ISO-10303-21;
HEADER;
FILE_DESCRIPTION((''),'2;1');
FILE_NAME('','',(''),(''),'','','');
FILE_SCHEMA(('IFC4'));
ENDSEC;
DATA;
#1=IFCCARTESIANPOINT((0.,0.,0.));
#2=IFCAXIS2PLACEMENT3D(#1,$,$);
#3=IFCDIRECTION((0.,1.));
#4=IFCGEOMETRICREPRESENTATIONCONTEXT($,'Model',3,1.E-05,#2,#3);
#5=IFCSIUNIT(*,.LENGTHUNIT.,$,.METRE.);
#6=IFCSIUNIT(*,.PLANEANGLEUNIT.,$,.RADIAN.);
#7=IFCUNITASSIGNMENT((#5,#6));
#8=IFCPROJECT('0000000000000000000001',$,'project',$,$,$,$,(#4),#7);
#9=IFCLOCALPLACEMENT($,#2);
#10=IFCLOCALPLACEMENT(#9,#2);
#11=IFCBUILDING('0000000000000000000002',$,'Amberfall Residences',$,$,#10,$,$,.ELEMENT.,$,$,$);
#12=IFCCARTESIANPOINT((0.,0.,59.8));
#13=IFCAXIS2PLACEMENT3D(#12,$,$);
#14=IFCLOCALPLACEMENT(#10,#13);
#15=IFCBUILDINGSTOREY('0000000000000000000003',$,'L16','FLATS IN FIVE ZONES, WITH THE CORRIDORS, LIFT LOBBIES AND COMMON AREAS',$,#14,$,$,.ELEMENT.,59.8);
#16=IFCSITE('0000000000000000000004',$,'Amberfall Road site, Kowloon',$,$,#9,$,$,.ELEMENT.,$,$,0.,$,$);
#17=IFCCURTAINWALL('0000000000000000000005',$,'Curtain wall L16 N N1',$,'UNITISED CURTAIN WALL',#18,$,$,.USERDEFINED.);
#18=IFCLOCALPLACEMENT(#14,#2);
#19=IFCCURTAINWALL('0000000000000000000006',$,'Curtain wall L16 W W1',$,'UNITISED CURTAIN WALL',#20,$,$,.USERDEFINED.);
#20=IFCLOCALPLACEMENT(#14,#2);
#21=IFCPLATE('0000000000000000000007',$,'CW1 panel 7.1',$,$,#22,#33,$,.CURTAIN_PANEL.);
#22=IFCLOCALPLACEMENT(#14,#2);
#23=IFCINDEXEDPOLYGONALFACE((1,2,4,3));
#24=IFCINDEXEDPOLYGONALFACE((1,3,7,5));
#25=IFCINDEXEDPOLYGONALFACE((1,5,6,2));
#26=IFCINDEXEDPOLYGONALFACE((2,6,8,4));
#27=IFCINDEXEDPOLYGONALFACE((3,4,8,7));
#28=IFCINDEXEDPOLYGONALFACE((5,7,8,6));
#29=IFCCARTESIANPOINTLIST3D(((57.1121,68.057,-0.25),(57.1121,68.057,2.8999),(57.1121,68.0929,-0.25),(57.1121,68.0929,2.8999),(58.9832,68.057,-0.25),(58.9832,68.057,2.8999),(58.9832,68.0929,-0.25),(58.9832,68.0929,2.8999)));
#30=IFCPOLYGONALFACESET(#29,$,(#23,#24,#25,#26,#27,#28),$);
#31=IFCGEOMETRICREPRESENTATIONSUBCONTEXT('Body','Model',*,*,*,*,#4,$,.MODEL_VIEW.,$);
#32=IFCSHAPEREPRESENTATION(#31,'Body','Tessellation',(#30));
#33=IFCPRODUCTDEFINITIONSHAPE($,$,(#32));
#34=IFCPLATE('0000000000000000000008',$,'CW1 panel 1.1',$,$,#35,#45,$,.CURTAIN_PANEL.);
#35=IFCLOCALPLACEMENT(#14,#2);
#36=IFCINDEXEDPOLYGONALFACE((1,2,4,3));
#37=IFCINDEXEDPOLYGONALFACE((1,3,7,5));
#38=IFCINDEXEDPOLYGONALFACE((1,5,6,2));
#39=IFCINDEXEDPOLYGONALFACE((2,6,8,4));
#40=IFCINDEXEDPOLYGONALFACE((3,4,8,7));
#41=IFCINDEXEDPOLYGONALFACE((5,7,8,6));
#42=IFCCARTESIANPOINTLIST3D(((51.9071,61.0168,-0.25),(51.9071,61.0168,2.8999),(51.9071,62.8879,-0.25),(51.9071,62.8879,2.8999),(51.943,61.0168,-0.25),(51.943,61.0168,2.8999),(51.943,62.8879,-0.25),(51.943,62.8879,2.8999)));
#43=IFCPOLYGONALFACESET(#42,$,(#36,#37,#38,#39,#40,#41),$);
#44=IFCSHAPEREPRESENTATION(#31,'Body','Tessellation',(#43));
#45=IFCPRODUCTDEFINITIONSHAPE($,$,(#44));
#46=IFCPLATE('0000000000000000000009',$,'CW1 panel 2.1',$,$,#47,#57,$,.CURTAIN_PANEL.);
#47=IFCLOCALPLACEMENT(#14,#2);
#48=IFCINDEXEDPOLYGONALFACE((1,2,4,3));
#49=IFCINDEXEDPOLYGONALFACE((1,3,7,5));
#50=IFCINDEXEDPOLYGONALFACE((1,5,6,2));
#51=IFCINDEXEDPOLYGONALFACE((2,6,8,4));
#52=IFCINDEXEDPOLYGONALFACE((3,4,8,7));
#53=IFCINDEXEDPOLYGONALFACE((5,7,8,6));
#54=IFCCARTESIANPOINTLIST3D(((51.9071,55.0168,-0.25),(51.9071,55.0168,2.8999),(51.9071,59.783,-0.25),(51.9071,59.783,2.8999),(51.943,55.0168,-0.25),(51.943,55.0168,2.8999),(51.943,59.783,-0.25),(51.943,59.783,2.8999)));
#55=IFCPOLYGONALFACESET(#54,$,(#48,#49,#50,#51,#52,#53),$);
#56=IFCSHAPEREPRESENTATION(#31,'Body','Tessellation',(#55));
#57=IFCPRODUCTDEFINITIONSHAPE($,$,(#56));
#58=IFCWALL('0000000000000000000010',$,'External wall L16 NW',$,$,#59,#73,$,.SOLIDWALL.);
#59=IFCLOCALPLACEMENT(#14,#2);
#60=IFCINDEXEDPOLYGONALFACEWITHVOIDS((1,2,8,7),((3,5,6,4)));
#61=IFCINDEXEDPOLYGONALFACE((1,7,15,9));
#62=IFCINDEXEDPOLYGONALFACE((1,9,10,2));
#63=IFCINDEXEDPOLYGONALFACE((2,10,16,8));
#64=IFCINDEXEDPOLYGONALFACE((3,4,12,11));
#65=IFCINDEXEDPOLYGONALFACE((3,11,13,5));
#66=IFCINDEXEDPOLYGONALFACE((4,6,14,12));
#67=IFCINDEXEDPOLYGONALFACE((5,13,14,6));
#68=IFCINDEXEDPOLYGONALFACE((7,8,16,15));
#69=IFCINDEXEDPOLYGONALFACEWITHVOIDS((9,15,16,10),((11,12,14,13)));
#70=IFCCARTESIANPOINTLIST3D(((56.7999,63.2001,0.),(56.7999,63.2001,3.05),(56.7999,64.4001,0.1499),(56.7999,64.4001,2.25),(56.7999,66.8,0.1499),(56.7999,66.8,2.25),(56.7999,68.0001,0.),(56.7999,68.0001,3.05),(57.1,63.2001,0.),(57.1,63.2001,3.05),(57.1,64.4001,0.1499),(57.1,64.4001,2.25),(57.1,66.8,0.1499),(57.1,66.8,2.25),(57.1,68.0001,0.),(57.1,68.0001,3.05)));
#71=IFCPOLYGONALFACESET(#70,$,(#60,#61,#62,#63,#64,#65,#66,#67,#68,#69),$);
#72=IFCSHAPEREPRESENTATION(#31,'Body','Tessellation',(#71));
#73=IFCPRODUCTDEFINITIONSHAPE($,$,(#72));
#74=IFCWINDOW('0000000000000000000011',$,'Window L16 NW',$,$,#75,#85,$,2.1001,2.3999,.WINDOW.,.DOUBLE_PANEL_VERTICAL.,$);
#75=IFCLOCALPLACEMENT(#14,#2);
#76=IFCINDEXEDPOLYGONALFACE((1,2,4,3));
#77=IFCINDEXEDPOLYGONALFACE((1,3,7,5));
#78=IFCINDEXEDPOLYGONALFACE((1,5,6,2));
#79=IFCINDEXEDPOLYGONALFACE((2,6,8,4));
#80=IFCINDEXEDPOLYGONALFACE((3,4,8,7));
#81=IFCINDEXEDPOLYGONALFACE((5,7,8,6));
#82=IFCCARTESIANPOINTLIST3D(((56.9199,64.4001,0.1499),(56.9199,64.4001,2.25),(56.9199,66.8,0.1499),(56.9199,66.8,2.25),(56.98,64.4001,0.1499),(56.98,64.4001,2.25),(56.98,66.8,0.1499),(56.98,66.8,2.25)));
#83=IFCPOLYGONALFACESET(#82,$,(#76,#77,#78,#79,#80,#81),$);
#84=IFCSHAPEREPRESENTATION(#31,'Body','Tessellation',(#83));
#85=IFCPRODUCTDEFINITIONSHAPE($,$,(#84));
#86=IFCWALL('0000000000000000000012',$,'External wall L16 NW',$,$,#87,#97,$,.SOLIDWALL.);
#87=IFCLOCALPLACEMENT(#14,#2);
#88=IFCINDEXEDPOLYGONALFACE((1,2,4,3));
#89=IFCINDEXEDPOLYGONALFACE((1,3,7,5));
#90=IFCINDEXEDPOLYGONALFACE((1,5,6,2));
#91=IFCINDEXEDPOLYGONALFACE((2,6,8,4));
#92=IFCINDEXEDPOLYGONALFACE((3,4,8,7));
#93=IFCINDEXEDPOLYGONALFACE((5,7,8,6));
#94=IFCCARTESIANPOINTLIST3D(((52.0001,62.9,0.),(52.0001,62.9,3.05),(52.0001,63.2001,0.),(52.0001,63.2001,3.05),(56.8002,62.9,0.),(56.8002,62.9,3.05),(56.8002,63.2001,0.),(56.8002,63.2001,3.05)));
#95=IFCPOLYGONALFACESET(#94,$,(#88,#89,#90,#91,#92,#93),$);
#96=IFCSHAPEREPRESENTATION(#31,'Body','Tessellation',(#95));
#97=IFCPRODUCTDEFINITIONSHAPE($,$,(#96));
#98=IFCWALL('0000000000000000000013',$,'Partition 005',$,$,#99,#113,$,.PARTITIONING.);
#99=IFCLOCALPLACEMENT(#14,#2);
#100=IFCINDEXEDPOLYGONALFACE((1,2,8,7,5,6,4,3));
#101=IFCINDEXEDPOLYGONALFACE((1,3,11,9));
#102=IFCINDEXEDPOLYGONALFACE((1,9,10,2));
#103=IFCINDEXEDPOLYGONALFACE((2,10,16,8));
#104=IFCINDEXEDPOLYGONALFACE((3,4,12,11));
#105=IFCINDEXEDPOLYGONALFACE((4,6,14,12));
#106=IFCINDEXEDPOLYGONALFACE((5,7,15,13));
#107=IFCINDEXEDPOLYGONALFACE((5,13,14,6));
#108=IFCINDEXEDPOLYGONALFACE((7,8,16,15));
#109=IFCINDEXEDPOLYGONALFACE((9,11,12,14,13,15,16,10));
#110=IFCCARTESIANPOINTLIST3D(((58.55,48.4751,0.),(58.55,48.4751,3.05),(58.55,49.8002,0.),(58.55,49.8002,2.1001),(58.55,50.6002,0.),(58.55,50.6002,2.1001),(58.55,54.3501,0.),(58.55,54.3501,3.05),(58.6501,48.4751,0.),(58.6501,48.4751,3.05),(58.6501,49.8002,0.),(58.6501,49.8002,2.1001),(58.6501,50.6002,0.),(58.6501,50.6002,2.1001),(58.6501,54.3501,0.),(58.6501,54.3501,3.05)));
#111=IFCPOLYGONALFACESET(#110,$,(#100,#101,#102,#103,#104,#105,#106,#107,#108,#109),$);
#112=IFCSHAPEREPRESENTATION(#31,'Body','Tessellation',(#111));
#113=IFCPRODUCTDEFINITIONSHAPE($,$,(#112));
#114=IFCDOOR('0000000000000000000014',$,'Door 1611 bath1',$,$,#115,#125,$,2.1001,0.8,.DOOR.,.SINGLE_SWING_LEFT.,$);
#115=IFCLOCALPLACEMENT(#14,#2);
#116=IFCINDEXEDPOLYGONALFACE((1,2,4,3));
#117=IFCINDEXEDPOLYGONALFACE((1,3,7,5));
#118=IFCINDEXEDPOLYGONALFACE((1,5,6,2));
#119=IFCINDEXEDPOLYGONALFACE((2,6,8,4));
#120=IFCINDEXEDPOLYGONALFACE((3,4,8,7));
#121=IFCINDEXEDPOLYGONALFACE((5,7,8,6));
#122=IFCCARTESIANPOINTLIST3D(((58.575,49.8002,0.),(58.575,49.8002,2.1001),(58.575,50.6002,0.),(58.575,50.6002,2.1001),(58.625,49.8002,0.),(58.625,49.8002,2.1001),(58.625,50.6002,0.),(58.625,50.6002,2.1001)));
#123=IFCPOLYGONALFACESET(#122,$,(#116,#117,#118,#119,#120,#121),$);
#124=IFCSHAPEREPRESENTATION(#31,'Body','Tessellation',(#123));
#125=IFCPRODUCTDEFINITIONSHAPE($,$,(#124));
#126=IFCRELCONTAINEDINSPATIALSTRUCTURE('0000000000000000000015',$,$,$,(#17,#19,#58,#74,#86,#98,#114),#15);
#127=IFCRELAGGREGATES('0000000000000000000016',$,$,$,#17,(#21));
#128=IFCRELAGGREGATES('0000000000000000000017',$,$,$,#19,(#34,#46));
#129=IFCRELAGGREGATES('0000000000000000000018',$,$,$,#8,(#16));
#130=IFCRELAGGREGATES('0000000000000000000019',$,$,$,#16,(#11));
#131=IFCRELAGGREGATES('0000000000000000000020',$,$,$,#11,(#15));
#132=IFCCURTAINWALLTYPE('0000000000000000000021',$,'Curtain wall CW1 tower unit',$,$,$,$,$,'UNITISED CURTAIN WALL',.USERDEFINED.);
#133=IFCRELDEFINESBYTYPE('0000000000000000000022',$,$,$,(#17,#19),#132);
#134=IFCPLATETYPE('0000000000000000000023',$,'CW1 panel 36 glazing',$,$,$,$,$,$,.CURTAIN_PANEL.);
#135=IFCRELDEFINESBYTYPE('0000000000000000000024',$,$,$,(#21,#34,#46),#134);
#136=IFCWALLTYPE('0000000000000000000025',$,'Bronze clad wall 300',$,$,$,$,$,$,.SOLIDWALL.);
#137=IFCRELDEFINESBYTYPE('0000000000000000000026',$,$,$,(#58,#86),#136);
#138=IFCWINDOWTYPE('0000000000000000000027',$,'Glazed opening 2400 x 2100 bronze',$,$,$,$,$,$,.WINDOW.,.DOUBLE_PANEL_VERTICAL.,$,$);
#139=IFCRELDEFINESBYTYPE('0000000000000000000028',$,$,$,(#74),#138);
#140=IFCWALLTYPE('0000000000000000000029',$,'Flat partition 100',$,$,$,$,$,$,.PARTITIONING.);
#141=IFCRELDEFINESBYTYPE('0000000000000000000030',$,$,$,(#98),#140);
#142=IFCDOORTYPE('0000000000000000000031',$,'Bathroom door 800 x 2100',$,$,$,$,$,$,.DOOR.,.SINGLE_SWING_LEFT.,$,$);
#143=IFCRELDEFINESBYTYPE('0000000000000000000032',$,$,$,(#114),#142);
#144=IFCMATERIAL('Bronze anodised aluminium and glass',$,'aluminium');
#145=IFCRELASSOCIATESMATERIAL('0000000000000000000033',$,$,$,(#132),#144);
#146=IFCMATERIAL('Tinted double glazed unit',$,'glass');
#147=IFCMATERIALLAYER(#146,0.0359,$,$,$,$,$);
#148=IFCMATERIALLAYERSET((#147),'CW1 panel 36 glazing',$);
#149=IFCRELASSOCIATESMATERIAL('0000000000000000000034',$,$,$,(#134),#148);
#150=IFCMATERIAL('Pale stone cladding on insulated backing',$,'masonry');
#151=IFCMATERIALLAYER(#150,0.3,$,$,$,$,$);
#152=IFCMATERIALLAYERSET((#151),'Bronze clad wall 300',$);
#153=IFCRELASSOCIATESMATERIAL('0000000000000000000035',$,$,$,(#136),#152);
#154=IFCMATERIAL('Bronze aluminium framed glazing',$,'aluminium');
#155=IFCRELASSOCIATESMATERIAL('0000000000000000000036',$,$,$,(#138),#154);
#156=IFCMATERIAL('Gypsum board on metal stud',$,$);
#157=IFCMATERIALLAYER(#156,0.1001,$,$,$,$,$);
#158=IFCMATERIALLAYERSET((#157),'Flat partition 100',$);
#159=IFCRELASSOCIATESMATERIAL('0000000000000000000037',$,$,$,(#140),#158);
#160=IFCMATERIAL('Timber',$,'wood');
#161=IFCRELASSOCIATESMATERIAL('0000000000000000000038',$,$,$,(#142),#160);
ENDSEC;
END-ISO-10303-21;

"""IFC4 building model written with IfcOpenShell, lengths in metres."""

from ifc_helpers import new_model, si_unit, direction, frame, frame_2d, origin, origin_2d, place, context, subcontext, project, spatial, rectangle, extrude, material, layer, layer_set, type_object, element, fill, aggregate, save


model = new_model("IFC4")

# Units and contexts
model_context = context("Model", 3, precision=1e-05, world=origin(), true_north=direction((0.0, 1.0)))
body_context = subcontext(model_context, "Body", "Model", "MODEL_VIEW")
ifc_project = project(units=[si_unit("LENGTHUNIT", "METRE"), si_unit("PLANEANGLEUNIT", "RADIAN")], contexts=[model_context])

# Site, building, storey
site_placement = place(None, origin())
site = spatial("IfcSite", under=ifc_project, at=site_placement, Name="Amberfall Road site, Kowloon", CompositionType="ELEMENT", RefElevation=0.0)
building_placement = place(site_placement, origin())
building = spatial("IfcBuilding", under=site, at=building_placement, Name="Amberfall Residences", CompositionType="ELEMENT")
storey_placement = place(building_placement, frame((0.0, 0.0, 59.8)))
storey = spatial("IfcBuildingStorey", under=building, at=storey_placement, Name="L16", Description="FLATS IN FIVE ZONES, WITH THE CORRIDORS, LIFT LOBBIES AND COMMON AREAS", CompositionType="ELEMENT", Elevation=59.8)

# Curtain wall
ifc_material_1 = material(Name="Bronze anodised aluminium and glass", Category="aluminium")
curtain_wall_type = type_object("IfcCurtainWallType", Name="Curtain wall CW1 tower unit", ElementType="UNITISED CURTAIN WALL", PredefinedType="USERDEFINED", material=ifc_material_1)
curtain_wall_1_placement = place(storey_placement, origin())
curtain_wall_1 = element("IfcCurtainWall", 1, at=curtain_wall_1_placement, inside=storey, type_object=curtain_wall_type, Name="Curtain wall L16 N N1", ObjectType="UNITISED CURTAIN WALL", PredefinedType="USERDEFINED")

# Curtain wall
curtain_wall_2_placement = place(storey_placement, origin())
curtain_wall_2 = element("IfcCurtainWall", 2, at=curtain_wall_2_placement, inside=storey, type_object=curtain_wall_type, Name="Curtain wall L16 W W1", ObjectType="UNITISED CURTAIN WALL", PredefinedType="USERDEFINED")

# Plates
ifc_material_2 = material(Name="Tinted double glazed unit", Category="glass")
ifc_layer_1 = layer(ifc_material_2, 0.0359)
ifc_layer_set_1 = layer_set([ifc_layer_1], Name="CW1 panel 36 glazing")
plate_type = type_object("IfcPlateType", Name="CW1 panel 36 glazing", PredefinedType="CURTAIN_PANEL", material=ifc_layer_set_1)
plate_1_placement = place(storey_placement, frame((58.0476, 68.075, -0.25), z_axis=(0.0, 0.0, 1.0), x_axis=(-1.0, 0.0, 0.0)))
plate_1 = element("IfcPlate", 3, at=plate_1_placement, type_object=plate_type, Name="CW1 panel 7.1", PredefinedType="CURTAIN_PANEL", context=body_context, shape_type="SweptSolid", body=[
    extrude(rectangle(XDim=1.8711, YDim=0.0359, at=origin_2d()), origin(), (0.0, 0.0, 1.0), 3.1499),
])
aggregate(curtain_wall_1, [plate_1])
plate_2_placement = place(storey_placement, frame((51.925, 61.9524, -0.25), z_axis=(0.0, 0.0, 1.0), x_axis=(0.0, -1.0, 0.0)))
plate_2 = element("IfcPlate", 4, at=plate_2_placement, type_object=plate_type, Name="CW1 panel 1.1", PredefinedType="CURTAIN_PANEL", context=body_context, shape_type="SweptSolid", body=[
    extrude(rectangle(XDim=1.8711, YDim=0.0359, at=origin_2d()), origin(), (0.0, 0.0, 1.0), 3.1499),
])
plate_3_placement = place(storey_placement, frame((51.925, 57.3999, -0.25), z_axis=(0.0, 0.0, 1.0), x_axis=(0.0, -1.0, 0.0)))
plate_3 = element("IfcPlate", 5, at=plate_3_placement, type_object=plate_type, Name="CW1 panel 2.1", PredefinedType="CURTAIN_PANEL", context=body_context, shape_type="SweptSolid", body=[
    extrude(rectangle(XDim=4.7661, YDim=0.0359, at=origin_2d()), origin(), (0.0, 0.0, 1.0), 3.1499),
])
aggregate(curtain_wall_2, [plate_2, plate_3])

# Wall, opening, window
ifc_material_3 = material(Name="Pale stone cladding on insulated backing", Category="masonry")
ifc_layer_2 = layer(ifc_material_3, 0.3)
ifc_layer_set_2 = layer_set([ifc_layer_2], Name="Bronze clad wall 300")
wall_type_1 = type_object("IfcWallType", Name="Bronze clad wall 300", PredefinedType="SOLIDWALL", material=ifc_layer_set_2)
wall_1_placement = place(storey_placement, frame((56.95, 68.0, 0.0), z_axis=(0.0, 0.0, 1.0), x_axis=(0.0, -1.0, 0.0)))
wall_1 = element("IfcWall", 6, at=wall_1_placement, inside=storey, type_object=wall_type_1, Name="External wall L16 NW", PredefinedType="SOLIDWALL", context=body_context, shape_type="SweptSolid", body=[
    extrude(rectangle(XDim=4.8, YDim=0.3, at=frame_2d((2.3999, 0.0))), origin(), (0.0, 0.0, 1.0), 3.05),
])
opening_1_placement = place(wall_1_placement, frame((1.2, 0.0, 0.1499)))
opening_1 = element("IfcOpeningElement", 7, at=opening_1_placement, cuts=wall_1, PredefinedType="OPENING", context=body_context, shape_type="SweptSolid", body=[
    extrude(rectangle(XDim=2.3999, YDim=2.1001, at=frame_2d((1.2, 1.05))), frame((0.0, 0.1599, 0.0), z_axis=(0.0, -1.0, 0.0), x_axis=(1.0, 0.0, 0.0)), (0.0, 0.0, 1.0), 0.3201),
])
ifc_material_4 = material(Name="Bronze aluminium framed glazing", Category="aluminium")
window_type = type_object("IfcWindowType", Name="Glazed opening 2400 x 2100 bronze", PartitioningType="DOUBLE_PANEL_VERTICAL", PredefinedType="WINDOW", material=ifc_material_4)
window_placement = place(opening_1_placement, origin())
window = element("IfcWindow", 8, at=window_placement, inside=storey, type_object=window_type, Name="Window L16 NW", OverallHeight=2.1001, OverallWidth=2.3999, PartitioningType="DOUBLE_PANEL_VERTICAL", PredefinedType="WINDOW", context=body_context, shape_type="SweptSolid", body=[
    extrude(rectangle(XDim=2.3999, YDim=2.1001, at=frame_2d((1.2, 1.05))), frame((0.0, 0.03, 0.0), z_axis=(0.0, -1.0, 0.0), x_axis=(1.0, 0.0, 0.0)), (0.0, 0.0, 1.0), 0.0601),
])
fill(opening_1, window)

# Wall
wall_2_placement = place(storey_placement, frame((56.8, 63.05, 0.0), z_axis=(0.0, 0.0, 1.0), x_axis=(-1.0, 0.0, 0.0)))
element("IfcWall", 9, at=wall_2_placement, inside=storey, type_object=wall_type_1, Name="External wall L16 NW", PredefinedType="SOLIDWALL", context=body_context, shape_type="SweptSolid", body=[
    extrude(rectangle(XDim=4.8, YDim=0.3, at=frame_2d((2.3999, 0.0))), origin(), (0.0, 0.0, 1.0), 3.05),
])

# Wall, opening, door
ifc_material_5 = material(Name="Gypsum board on metal stud")
ifc_layer_3 = layer(ifc_material_5, 0.1001)
ifc_layer_set_3 = layer_set([ifc_layer_3], Name="Flat partition 100")
wall_type_2 = type_object("IfcWallType", Name="Flat partition 100", PredefinedType="PARTITIONING", material=ifc_layer_set_3)
wall_3_placement = place(storey_placement, frame((58.6001, 54.3501, 0.0), z_axis=(0.0, 0.0, 1.0), x_axis=(0.0, -1.0, 0.0)))
wall_3 = element("IfcWall", 10, at=wall_3_placement, inside=storey, type_object=wall_type_2, Name="Partition 005", PredefinedType="PARTITIONING", context=body_context, shape_type="SweptSolid", body=[
    extrude(rectangle(XDim=5.875, YDim=0.1001, at=frame_2d((2.9375, 0.0))), origin(), (0.0, 0.0, 1.0), 3.05),
])
opening_2_placement = place(wall_3_placement, frame((3.75, 0.0, 0.0)))
opening_2 = element("IfcOpeningElement", 11, at=opening_2_placement, cuts=wall_3, PredefinedType="OPENING", context=body_context, shape_type="SweptSolid", body=[
    extrude(rectangle(XDim=0.8, YDim=2.1001, at=frame_2d((0.3999, 1.05))), frame((0.0, 0.0601, 0.0), z_axis=(0.0, -1.0, 0.0), x_axis=(1.0, 0.0, 0.0)), (0.0, 0.0, 1.0), 0.1201),
])
ifc_material_6 = material(Name="Timber", Category="wood")
door_type = type_object("IfcDoorType", Name="Bathroom door 800 x 2100", OperationType="SINGLE_SWING_LEFT", PredefinedType="DOOR", material=ifc_material_6)
door_placement = place(opening_2_placement, origin())
door = element("IfcDoor", 12, at=door_placement, inside=storey, type_object=door_type, Name="Door 1611 bath1", OperationType="SINGLE_SWING_LEFT", OverallHeight=2.1001, OverallWidth=0.8, PredefinedType="DOOR", context=body_context, shape_type="SweptSolid", body=[
    extrude(rectangle(XDim=0.8, YDim=2.1001, at=frame_2d((0.3999, 1.05))), frame((0.0, 0.0249, 0.0), z_axis=(0.0, -1.0, 0.0), x_axis=(1.0, 0.0, 0.0)), (0.0, 0.0, 1.0), 0.05),
])
fill(opening_2, door)

save(model, "model.ifc")
